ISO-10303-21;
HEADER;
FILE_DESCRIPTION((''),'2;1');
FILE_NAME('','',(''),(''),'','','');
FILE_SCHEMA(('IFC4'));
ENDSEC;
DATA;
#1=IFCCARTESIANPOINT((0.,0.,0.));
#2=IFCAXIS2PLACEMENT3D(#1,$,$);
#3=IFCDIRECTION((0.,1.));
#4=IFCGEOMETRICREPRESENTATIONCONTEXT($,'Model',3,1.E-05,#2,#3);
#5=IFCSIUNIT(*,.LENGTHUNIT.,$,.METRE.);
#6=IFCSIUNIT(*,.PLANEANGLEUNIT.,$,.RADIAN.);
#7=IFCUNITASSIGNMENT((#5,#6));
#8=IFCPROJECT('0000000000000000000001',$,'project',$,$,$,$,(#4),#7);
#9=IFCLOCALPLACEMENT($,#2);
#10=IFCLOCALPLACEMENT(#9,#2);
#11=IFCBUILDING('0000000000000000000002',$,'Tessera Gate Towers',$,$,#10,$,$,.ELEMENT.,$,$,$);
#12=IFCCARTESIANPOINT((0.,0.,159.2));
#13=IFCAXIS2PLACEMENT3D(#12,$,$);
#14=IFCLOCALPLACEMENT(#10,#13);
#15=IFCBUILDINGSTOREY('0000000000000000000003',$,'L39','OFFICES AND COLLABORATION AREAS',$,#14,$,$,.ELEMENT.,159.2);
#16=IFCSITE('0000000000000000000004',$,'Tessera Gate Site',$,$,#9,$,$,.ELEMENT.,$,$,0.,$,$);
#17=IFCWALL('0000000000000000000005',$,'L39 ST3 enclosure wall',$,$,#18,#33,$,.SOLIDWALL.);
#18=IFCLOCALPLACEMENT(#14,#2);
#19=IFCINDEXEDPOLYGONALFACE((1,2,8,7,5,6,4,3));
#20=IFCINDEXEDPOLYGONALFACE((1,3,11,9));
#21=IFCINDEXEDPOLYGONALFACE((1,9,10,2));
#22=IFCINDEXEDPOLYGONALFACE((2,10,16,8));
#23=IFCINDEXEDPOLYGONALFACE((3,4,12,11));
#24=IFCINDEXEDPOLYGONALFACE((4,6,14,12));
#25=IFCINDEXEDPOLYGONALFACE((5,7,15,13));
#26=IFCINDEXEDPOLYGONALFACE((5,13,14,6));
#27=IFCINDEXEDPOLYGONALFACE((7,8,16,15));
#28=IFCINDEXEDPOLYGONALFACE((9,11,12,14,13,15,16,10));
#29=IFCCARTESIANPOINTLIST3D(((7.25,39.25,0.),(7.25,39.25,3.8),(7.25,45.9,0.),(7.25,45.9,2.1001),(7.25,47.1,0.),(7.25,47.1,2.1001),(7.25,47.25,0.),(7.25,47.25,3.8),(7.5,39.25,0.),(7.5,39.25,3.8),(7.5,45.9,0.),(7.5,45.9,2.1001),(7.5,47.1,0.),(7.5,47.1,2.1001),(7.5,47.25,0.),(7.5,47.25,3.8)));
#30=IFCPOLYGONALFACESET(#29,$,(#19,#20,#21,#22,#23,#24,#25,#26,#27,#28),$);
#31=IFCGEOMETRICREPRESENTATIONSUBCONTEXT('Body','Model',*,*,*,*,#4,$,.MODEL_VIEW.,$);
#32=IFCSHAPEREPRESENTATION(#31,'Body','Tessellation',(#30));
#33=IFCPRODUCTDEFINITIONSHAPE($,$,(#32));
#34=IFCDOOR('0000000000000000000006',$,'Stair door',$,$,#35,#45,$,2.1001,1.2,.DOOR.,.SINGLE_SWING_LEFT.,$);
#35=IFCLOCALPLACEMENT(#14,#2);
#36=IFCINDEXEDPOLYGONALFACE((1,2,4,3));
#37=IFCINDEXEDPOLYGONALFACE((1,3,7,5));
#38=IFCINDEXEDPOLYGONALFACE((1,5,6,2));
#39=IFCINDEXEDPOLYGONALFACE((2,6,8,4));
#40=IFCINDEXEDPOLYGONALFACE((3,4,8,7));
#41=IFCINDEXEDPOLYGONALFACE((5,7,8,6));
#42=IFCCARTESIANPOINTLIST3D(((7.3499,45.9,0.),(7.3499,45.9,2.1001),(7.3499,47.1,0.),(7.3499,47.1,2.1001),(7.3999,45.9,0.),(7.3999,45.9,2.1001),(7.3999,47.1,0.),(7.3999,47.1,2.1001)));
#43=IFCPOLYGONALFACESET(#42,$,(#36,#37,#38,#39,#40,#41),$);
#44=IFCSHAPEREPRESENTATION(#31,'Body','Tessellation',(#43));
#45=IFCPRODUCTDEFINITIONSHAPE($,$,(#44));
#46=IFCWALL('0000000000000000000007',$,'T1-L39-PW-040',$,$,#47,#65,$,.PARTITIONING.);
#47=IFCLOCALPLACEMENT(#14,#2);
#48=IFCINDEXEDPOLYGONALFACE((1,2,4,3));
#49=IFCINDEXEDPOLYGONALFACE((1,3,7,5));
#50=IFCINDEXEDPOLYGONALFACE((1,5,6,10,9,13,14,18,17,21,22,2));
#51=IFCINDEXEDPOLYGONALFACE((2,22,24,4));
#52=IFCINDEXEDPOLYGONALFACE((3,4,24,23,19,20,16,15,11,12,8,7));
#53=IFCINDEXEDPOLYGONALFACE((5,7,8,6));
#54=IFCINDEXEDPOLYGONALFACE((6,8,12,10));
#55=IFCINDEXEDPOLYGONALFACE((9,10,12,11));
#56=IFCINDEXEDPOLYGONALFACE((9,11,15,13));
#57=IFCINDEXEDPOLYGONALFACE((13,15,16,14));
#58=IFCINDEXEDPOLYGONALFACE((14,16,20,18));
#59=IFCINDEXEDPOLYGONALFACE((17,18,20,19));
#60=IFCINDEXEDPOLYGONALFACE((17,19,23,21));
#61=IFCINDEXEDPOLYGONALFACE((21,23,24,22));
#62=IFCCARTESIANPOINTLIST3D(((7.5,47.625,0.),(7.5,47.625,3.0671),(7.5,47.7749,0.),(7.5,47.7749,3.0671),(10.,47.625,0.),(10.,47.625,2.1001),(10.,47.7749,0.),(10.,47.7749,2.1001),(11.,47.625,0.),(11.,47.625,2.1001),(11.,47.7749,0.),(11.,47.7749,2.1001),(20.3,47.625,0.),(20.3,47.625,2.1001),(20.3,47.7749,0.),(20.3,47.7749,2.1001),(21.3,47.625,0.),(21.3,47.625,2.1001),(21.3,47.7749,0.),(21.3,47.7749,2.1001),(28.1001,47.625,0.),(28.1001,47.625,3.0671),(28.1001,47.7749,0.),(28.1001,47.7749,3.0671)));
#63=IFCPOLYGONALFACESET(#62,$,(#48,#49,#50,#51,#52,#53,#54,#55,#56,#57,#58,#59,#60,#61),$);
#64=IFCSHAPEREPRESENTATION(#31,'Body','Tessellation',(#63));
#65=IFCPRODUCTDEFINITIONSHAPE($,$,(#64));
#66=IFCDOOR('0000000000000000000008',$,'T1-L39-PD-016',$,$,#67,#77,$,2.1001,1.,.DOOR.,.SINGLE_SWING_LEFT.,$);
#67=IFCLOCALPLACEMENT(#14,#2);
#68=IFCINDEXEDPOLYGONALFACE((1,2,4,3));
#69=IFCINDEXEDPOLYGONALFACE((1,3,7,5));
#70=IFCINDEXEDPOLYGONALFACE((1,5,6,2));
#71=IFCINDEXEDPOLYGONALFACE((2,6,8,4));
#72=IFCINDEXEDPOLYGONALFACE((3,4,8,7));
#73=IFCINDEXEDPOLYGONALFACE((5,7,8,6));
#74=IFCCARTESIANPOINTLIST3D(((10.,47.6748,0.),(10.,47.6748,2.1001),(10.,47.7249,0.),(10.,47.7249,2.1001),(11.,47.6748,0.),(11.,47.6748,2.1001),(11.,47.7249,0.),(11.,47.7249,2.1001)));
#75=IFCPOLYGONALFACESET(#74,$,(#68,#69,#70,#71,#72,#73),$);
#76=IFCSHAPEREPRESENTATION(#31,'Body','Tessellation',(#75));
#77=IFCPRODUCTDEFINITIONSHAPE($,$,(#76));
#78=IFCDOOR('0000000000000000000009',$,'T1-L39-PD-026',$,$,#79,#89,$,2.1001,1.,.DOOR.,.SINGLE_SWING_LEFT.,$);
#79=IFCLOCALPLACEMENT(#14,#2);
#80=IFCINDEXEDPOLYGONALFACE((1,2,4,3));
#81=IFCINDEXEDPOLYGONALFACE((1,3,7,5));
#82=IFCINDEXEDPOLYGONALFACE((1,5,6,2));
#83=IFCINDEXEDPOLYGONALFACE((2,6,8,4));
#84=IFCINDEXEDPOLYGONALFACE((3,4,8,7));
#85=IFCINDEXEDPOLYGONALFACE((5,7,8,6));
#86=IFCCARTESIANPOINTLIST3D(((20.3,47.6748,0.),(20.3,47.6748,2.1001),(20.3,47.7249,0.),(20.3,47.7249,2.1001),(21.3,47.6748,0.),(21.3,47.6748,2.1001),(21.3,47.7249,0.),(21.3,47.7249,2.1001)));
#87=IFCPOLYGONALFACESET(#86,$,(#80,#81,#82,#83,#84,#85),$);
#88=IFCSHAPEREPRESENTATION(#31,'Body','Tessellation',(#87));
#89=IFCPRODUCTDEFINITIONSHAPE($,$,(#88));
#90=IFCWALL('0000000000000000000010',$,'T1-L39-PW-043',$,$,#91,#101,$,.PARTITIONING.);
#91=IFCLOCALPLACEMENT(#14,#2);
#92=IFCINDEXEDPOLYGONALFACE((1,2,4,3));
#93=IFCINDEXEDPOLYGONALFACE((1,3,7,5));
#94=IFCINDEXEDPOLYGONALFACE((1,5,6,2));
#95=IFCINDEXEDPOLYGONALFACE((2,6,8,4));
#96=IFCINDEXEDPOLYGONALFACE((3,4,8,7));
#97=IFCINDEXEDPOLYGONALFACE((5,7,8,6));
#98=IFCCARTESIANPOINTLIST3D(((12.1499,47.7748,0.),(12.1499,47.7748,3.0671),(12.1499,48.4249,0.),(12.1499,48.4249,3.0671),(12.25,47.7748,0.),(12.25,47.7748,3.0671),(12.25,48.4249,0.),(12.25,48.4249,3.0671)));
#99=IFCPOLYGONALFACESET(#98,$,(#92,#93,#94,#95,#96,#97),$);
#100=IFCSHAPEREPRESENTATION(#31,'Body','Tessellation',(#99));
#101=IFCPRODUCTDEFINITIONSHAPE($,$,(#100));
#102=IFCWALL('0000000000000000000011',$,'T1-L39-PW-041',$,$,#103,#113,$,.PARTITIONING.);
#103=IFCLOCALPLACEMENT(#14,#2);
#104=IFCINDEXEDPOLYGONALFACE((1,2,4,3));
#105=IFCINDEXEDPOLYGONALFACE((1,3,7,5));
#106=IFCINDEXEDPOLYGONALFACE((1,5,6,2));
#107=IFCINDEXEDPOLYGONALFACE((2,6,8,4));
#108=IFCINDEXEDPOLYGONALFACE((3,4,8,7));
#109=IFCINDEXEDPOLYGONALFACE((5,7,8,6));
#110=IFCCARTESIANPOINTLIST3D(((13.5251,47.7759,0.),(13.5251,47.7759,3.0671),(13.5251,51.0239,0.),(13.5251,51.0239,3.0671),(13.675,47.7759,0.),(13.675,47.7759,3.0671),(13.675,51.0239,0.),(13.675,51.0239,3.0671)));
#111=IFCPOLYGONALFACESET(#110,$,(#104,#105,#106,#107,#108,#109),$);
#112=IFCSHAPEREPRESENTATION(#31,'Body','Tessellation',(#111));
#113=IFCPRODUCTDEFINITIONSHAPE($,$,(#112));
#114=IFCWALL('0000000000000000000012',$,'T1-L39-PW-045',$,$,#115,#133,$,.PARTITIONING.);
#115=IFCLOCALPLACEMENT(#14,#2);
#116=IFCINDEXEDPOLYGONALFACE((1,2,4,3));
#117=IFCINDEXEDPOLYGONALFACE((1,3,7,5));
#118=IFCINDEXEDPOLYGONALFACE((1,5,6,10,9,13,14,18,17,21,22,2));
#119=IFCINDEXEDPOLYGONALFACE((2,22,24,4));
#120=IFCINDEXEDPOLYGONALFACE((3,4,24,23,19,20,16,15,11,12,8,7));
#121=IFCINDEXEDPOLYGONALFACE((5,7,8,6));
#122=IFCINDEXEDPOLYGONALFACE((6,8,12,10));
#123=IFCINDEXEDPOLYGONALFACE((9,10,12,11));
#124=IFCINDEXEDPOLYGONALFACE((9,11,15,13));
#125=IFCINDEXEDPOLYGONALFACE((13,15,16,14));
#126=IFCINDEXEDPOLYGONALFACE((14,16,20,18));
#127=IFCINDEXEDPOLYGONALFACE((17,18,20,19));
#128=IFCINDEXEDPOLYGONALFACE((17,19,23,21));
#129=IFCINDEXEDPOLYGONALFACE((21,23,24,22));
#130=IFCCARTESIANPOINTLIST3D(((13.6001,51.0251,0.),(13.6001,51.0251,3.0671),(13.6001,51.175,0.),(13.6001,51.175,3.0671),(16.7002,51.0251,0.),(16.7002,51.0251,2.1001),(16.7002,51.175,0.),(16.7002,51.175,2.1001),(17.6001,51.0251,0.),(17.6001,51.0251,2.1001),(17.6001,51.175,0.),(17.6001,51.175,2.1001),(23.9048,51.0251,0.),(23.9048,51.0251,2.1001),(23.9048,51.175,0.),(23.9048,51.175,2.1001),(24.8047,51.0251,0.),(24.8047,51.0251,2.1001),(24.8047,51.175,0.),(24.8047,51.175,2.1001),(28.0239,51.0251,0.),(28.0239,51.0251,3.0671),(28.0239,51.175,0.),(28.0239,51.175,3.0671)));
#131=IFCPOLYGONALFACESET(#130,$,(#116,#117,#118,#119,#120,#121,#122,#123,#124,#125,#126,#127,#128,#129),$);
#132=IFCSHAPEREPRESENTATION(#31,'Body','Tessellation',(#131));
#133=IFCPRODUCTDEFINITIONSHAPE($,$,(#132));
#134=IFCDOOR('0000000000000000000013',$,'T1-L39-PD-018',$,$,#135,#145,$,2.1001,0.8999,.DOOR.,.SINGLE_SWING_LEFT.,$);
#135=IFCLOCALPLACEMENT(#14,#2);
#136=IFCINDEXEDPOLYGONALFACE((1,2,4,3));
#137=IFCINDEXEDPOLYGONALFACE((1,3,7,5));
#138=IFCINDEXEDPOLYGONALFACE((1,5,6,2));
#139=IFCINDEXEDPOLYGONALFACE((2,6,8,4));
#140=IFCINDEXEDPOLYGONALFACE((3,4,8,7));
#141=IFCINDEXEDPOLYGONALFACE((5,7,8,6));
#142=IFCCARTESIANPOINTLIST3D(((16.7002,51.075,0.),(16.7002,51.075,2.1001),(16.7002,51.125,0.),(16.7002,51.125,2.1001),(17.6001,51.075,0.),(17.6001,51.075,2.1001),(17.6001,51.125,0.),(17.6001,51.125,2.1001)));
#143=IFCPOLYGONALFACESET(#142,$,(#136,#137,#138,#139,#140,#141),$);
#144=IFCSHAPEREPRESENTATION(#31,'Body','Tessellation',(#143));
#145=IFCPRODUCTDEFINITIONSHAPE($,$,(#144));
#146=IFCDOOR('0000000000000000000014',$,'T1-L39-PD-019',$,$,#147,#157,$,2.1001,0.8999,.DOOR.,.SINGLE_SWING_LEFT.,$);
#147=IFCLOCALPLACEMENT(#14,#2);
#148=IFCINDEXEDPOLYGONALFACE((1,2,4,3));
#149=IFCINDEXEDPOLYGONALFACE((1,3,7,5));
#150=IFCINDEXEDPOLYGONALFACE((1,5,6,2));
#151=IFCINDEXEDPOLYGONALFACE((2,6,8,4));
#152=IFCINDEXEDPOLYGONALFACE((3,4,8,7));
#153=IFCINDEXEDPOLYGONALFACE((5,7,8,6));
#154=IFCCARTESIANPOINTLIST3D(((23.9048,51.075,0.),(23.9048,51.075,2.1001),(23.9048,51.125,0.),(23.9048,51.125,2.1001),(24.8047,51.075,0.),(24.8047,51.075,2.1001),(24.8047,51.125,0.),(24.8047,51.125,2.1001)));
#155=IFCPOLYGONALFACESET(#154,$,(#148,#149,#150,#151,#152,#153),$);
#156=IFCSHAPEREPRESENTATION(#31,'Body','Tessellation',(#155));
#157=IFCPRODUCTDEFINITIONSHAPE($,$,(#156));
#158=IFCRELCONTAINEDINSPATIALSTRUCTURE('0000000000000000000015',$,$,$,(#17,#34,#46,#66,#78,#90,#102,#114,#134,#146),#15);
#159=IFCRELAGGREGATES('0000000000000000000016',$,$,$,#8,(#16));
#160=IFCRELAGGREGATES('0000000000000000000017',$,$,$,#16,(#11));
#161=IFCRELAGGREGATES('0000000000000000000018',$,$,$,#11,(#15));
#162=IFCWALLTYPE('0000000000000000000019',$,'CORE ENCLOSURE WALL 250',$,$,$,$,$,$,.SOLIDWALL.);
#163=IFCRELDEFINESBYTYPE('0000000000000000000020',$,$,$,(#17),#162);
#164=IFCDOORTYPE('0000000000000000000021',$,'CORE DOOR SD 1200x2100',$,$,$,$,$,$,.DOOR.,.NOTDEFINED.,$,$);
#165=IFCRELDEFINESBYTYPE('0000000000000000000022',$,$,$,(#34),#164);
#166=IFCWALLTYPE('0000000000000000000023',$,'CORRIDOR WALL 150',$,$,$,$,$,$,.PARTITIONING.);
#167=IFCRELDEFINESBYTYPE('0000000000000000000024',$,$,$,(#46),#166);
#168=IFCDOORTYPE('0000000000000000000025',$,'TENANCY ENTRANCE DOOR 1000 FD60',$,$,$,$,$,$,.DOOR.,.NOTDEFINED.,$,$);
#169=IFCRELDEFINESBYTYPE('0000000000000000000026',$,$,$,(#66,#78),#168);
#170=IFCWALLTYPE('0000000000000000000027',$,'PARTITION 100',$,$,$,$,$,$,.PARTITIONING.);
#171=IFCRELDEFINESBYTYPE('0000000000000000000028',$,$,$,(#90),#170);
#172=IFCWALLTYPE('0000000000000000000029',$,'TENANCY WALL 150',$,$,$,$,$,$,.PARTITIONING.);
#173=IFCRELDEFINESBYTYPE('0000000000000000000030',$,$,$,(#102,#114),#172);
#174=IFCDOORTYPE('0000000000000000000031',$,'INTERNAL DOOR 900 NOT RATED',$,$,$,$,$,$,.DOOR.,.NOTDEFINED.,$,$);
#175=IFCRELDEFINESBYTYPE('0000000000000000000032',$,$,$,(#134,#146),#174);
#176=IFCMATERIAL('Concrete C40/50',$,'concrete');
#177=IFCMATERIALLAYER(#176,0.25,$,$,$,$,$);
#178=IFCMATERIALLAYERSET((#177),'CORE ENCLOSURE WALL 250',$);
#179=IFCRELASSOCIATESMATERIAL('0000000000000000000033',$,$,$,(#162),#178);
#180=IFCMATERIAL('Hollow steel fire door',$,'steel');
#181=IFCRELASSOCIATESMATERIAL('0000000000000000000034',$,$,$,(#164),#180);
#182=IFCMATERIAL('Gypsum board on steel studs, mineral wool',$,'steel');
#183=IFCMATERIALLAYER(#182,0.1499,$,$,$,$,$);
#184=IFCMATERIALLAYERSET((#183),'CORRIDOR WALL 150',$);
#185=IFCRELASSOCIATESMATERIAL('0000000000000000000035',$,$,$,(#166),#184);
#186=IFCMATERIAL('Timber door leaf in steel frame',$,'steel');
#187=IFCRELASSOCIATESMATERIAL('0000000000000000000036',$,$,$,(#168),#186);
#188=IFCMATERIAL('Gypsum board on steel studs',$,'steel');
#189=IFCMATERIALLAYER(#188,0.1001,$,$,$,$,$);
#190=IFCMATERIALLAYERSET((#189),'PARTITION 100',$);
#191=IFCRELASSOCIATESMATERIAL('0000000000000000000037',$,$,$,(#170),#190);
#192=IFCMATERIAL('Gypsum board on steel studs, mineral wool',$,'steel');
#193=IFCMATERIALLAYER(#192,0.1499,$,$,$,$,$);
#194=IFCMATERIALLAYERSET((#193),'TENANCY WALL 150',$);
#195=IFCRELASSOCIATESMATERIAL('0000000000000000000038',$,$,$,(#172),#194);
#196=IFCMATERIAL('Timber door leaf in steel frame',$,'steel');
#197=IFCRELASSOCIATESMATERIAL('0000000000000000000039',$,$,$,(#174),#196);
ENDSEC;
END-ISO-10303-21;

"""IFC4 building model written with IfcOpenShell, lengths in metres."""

from ifc_helpers import new_model, si_unit, direction, frame, frame_2d, origin, place, context, subcontext, project, spatial, rectangle, extrude, source, transform, mapped, material, layer, layer_set, type_object, element, fill, save


model = new_model("IFC4")

# Units and contexts
model_context = context("Model", 3, precision=1e-05, world=origin(), true_north=direction((0.0, 1.0)))
body_context = subcontext(model_context, "Body", "Model", "MODEL_VIEW")
ifc_project = project(units=[si_unit("LENGTHUNIT", "METRE"), si_unit("PLANEANGLEUNIT", "RADIAN")], contexts=[model_context])

# Site, building, storey
site_placement = place(None, origin())
site = spatial("IfcSite", under=ifc_project, at=site_placement, Name="Tessera Gate Site", CompositionType="ELEMENT", RefElevation=0.0)
building_placement = place(site_placement, origin())
building = spatial("IfcBuilding", under=site, at=building_placement, Name="Tessera Gate Towers", CompositionType="ELEMENT")
storey_placement = place(building_placement, frame((0.0, 0.0, 159.2)))
storey = spatial("IfcBuildingStorey", under=building, at=storey_placement, Name="L39", Description="OFFICES AND COLLABORATION AREAS", CompositionType="ELEMENT", Elevation=159.2)

# Shared definitions
ifc_material_1 = material(Name="Concrete C40/50", Category="concrete")
ifc_layer_1 = layer(ifc_material_1, 0.25)
ifc_layer_set_1 = layer_set([ifc_layer_1], Name="CORE ENCLOSURE WALL 250")
wall_type_1 = type_object("IfcWallType", Name="CORE ENCLOSURE WALL 250", PredefinedType="SOLIDWALL", material=ifc_layer_set_1)

# Wall, opening, door
wall_1_placement = place(storey_placement, frame((7.375, 47.25, 0.0), z_axis=(0.0, 0.0, 1.0), x_axis=(0.0, -1.0, 0.0)))
wall_1 = element("IfcWall", 1, at=wall_1_placement, inside=storey, type_object=wall_type_1, Name="L39 ST3 enclosure wall", PredefinedType="SOLIDWALL", context=body_context, shape_type="SweptSolid", body=[
    extrude(rectangle(XDim=8.0, YDim=0.25, at=frame_2d((4.0, 0.0))), origin(), (0.0, 0.0, 1.0), 3.8),
])
shared_shape_1 = source(origin(), body_context, "Body", "SweptSolid", [
    extrude(rectangle(XDim=1.2, YDim=2.1001, at=frame_2d((0.6001, 1.05))), frame((0.0, 0.135, 0.0), z_axis=(0.0, -1.0, 0.0), x_axis=(1.0, 0.0, 0.0)), (0.0, 0.0, 1.0), 0.27),
])
opening_1_placement = place(wall_1_placement, frame((0.1499, 0.0, 0.0)))
opening_1 = element("IfcOpeningElement", 2, at=opening_1_placement, cuts=wall_1, PredefinedType="OPENING", context=body_context, shape_type="MappedRepresentation", body=[
    mapped(shared_shape_1, transform((0.0, 0.0, 0.0), scale=1.0)),
])
ifc_material_2 = material(Name="Hollow steel fire door", Category="steel")
door_type_1 = type_object("IfcDoorType", Name="CORE DOOR SD 1200x2100", OperationType="NOTDEFINED", PredefinedType="DOOR", material=ifc_material_2)
shared_shape_2 = source(origin(), body_context, "Body", "SweptSolid", [
    extrude(rectangle(XDim=1.2, YDim=2.1001, at=frame_2d((0.6001, 1.05))), frame((0.0, 0.0249, 0.0), z_axis=(0.0, -1.0, 0.0), x_axis=(1.0, 0.0, 0.0)), (0.0, 0.0, 1.0), 0.05),
])
door_1_placement = place(opening_1_placement, origin())
door_1 = element("IfcDoor", 3, at=door_1_placement, inside=storey, type_object=door_type_1, Name="Stair door", OperationType="SINGLE_SWING_LEFT", OverallHeight=2.1001, OverallWidth=1.2, PredefinedType="DOOR", context=body_context, shape_type="MappedRepresentation", body=[
    mapped(shared_shape_2, transform((0.0, 0.0, 0.0), scale=1.0)),
])
fill(opening_1, door_1)

# Wall, openings, doors
ifc_material_3 = material(Name="Gypsum board on steel studs, mineral wool", Category="steel")
ifc_layer_2 = layer(ifc_material_3, 0.1499)
ifc_layer_set_2 = layer_set([ifc_layer_2], Name="CORRIDOR WALL 150")
wall_type_2 = type_object("IfcWallType", Name="CORRIDOR WALL 150", PredefinedType="PARTITIONING", material=ifc_layer_set_2)
wall_2_placement = place(storey_placement, frame((7.5, 47.7, 0.0), z_axis=(0.0, 0.0, 1.0), x_axis=(1.0, 0.0, 0.0)))
wall_2 = element("IfcWall", 4, at=wall_2_placement, inside=storey, type_object=wall_type_2, Name="T1-L39-PW-040", PredefinedType="PARTITIONING", context=body_context, shape_type="SweptSolid", body=[
    extrude(rectangle(XDim=20.6001, YDim=0.1499, at=frame_2d((10.3, 0.0))), origin(), (0.0, 0.0, 1.0), 3.0671),
])
shared_shape_3 = source(origin(), body_context, "Body", "SweptSolid", [
    extrude(rectangle(XDim=1.0, YDim=2.1001, at=frame_2d((0.5, 1.05))), frame((0.0, 0.085, 0.0), z_axis=(0.0, -1.0, 0.0), x_axis=(1.0, 0.0, 0.0)), (0.0, 0.0, 1.0), 0.1699),
])
opening_2_placement = place(wall_2_placement, frame((2.5, 0.0, 0.0)))
opening_2 = element("IfcOpeningElement", 5, at=opening_2_placement, cuts=wall_2, PredefinedType="OPENING", context=body_context, shape_type="MappedRepresentation", body=[
    mapped(shared_shape_3, transform((0.0, 0.0, 0.0), scale=1.0)),
])
opening_3_placement = place(wall_2_placement, frame((12.8, 0.0, 0.0)))
opening_3 = element("IfcOpeningElement", 6, at=opening_3_placement, cuts=wall_2, PredefinedType="OPENING", context=body_context, shape_type="MappedRepresentation", body=[
    mapped(shared_shape_3, transform((0.0, 0.0, 0.0), scale=1.0)),
])
ifc_material_4 = material(Name="Timber door leaf in steel frame", Category="steel")
door_type_2 = type_object("IfcDoorType", Name="TENANCY ENTRANCE DOOR 1000 FD60", OperationType="NOTDEFINED", PredefinedType="DOOR", material=ifc_material_4)
shared_shape_4 = source(origin(), body_context, "Body", "SweptSolid", [
    extrude(rectangle(XDim=1.0, YDim=2.1001, at=frame_2d((0.5, 1.05))), frame((0.0, 0.0249, 0.0), z_axis=(0.0, -1.0, 0.0), x_axis=(1.0, 0.0, 0.0)), (0.0, 0.0, 1.0), 0.05),
])
door_2_placement = place(opening_2_placement, origin())
door_2 = element("IfcDoor", 7, at=door_2_placement, inside=storey, type_object=door_type_2, Name="T1-L39-PD-016", OperationType="SINGLE_SWING_LEFT", OverallHeight=2.1001, OverallWidth=1.0, PredefinedType="DOOR", context=body_context, shape_type="MappedRepresentation", body=[
    mapped(shared_shape_4, transform((0.0, 0.0, 0.0), scale=1.0)),
])
fill(opening_2, door_2)
door_3_placement = place(opening_3_placement, origin())
door_3 = element("IfcDoor", 8, at=door_3_placement, inside=storey, type_object=door_type_2, Name="T1-L39-PD-026", OperationType="SINGLE_SWING_LEFT", OverallHeight=2.1001, OverallWidth=1.0, PredefinedType="DOOR", context=body_context, shape_type="MappedRepresentation", body=[
    mapped(shared_shape_4, transform((0.0, 0.0, 0.0), scale=1.0)),
])
fill(opening_3, door_3)

# Walls
ifc_material_5 = material(Name="Gypsum board on steel studs", Category="steel")
ifc_layer_3 = layer(ifc_material_5, 0.1001)
ifc_layer_set_3 = layer_set([ifc_layer_3], Name="PARTITION 100")
wall_type_3 = type_object("IfcWallType", Name="PARTITION 100", PredefinedType="PARTITIONING", material=ifc_layer_set_3)
wall_3_placement = place(storey_placement, frame((12.2, 48.425, 0.0), z_axis=(0.0, 0.0, 1.0), x_axis=(0.0, -1.0, 0.0)))
element("IfcWall", 9, at=wall_3_placement, inside=storey, type_object=wall_type_3, Name="T1-L39-PW-043", PredefinedType="PARTITIONING", context=body_context, shape_type="SweptSolid", body=[
    extrude(rectangle(XDim=0.6501, YDim=0.1001, at=frame_2d((0.3252, 0.0))), origin(), (0.0, 0.0, 1.0), 3.0671),
])
ifc_material_6 = material(Name="Gypsum board on steel studs, mineral wool", Category="steel")
ifc_layer_4 = layer(ifc_material_6, 0.1499)
ifc_layer_set_4 = layer_set([ifc_layer_4], Name="TENANCY WALL 150")
wall_type_4 = type_object("IfcWallType", Name="TENANCY WALL 150", PredefinedType="PARTITIONING", material=ifc_layer_set_4)
wall_4_placement = place(storey_placement, frame((13.6001, 47.7759, 0.0), z_axis=(0.0, 0.0, 1.0), x_axis=(0.0, 1.0, 0.0)))
element("IfcWall", 10, at=wall_4_placement, inside=storey, type_object=wall_type_4, Name="T1-L39-PW-041", PredefinedType="PARTITIONING", context=body_context, shape_type="SweptSolid", body=[
    extrude(rectangle(XDim=3.248, YDim=0.1499, at=frame_2d((1.624, 0.0))), origin(), (0.0, 0.0, 1.0), 3.0671),
])

# Wall, openings, doors
wall_5_placement = place(storey_placement, frame((13.6001, 51.1001, 0.0), z_axis=(0.0, 0.0, 1.0), x_axis=(1.0, 0.0, 0.0)))
wall_5 = element("IfcWall", 11, at=wall_5_placement, inside=storey, type_object=wall_type_4, Name="T1-L39-PW-045", PredefinedType="PARTITIONING", context=body_context, shape_type="SweptSolid", body=[
    extrude(rectangle(XDim=14.4238, YDim=0.1499, at=frame_2d((7.2119, 0.0))), origin(), (0.0, 0.0, 1.0), 3.0671),
])
shared_shape_5 = source(origin(), body_context, "Body", "SweptSolid", [
    extrude(rectangle(XDim=0.8999, YDim=2.1001, at=frame_2d((0.45, 1.05))), frame((0.0, 0.085, 0.0), z_axis=(0.0, -1.0, 0.0), x_axis=(1.0, 0.0, 0.0)), (0.0, 0.0, 1.0), 0.1699),
])
opening_4_placement = place(wall_5_placement, frame((3.1001, 0.0, 0.0)))
opening_4 = element("IfcOpeningElement", 12, at=opening_4_placement, cuts=wall_5, PredefinedType="OPENING", context=body_context, shape_type="MappedRepresentation", body=[
    mapped(shared_shape_5, transform((0.0, 0.0, 0.0), scale=1.0)),
])
opening_5_placement = place(wall_5_placement, frame((10.3047, 0.0, 0.0)))
opening_5 = element("IfcOpeningElement", 13, at=opening_5_placement, cuts=wall_5, PredefinedType="OPENING", context=body_context, shape_type="MappedRepresentation", body=[
    mapped(shared_shape_5, transform((0.0, 0.0, 0.0), scale=1.0)),
])
ifc_material_7 = material(Name="Timber door leaf in steel frame", Category="steel")
door_type_3 = type_object("IfcDoorType", Name="INTERNAL DOOR 900 NOT RATED", OperationType="NOTDEFINED", PredefinedType="DOOR", material=ifc_material_7)
shared_shape_6 = source(origin(), body_context, "Body", "SweptSolid", [
    extrude(rectangle(XDim=0.8999, YDim=2.1001, at=frame_2d((0.45, 1.05))), frame((0.0, 0.0249, 0.0), z_axis=(0.0, -1.0, 0.0), x_axis=(1.0, 0.0, 0.0)), (0.0, 0.0, 1.0), 0.05),
])
door_4_placement = place(opening_4_placement, origin())
door_4 = element("IfcDoor", 14, at=door_4_placement, inside=storey, type_object=door_type_3, Name="T1-L39-PD-018", OperationType="SINGLE_SWING_LEFT", OverallHeight=2.1001, OverallWidth=0.8999, PredefinedType="DOOR", context=body_context, shape_type="MappedRepresentation", body=[
    mapped(shared_shape_6, transform((0.0, 0.0, 0.0), scale=1.0)),
])
fill(opening_4, door_4)
door_5_placement = place(opening_5_placement, origin())
door_5 = element("IfcDoor", 15, at=door_5_placement, inside=storey, type_object=door_type_3, Name="T1-L39-PD-019", OperationType="SINGLE_SWING_LEFT", OverallHeight=2.1001, OverallWidth=0.8999, PredefinedType="DOOR", context=body_context, shape_type="MappedRepresentation", body=[
    mapped(shared_shape_6, transform((0.0, 0.0, 0.0), scale=1.0)),
])
fill(opening_5, door_5)

save(model, "model.ifc")
